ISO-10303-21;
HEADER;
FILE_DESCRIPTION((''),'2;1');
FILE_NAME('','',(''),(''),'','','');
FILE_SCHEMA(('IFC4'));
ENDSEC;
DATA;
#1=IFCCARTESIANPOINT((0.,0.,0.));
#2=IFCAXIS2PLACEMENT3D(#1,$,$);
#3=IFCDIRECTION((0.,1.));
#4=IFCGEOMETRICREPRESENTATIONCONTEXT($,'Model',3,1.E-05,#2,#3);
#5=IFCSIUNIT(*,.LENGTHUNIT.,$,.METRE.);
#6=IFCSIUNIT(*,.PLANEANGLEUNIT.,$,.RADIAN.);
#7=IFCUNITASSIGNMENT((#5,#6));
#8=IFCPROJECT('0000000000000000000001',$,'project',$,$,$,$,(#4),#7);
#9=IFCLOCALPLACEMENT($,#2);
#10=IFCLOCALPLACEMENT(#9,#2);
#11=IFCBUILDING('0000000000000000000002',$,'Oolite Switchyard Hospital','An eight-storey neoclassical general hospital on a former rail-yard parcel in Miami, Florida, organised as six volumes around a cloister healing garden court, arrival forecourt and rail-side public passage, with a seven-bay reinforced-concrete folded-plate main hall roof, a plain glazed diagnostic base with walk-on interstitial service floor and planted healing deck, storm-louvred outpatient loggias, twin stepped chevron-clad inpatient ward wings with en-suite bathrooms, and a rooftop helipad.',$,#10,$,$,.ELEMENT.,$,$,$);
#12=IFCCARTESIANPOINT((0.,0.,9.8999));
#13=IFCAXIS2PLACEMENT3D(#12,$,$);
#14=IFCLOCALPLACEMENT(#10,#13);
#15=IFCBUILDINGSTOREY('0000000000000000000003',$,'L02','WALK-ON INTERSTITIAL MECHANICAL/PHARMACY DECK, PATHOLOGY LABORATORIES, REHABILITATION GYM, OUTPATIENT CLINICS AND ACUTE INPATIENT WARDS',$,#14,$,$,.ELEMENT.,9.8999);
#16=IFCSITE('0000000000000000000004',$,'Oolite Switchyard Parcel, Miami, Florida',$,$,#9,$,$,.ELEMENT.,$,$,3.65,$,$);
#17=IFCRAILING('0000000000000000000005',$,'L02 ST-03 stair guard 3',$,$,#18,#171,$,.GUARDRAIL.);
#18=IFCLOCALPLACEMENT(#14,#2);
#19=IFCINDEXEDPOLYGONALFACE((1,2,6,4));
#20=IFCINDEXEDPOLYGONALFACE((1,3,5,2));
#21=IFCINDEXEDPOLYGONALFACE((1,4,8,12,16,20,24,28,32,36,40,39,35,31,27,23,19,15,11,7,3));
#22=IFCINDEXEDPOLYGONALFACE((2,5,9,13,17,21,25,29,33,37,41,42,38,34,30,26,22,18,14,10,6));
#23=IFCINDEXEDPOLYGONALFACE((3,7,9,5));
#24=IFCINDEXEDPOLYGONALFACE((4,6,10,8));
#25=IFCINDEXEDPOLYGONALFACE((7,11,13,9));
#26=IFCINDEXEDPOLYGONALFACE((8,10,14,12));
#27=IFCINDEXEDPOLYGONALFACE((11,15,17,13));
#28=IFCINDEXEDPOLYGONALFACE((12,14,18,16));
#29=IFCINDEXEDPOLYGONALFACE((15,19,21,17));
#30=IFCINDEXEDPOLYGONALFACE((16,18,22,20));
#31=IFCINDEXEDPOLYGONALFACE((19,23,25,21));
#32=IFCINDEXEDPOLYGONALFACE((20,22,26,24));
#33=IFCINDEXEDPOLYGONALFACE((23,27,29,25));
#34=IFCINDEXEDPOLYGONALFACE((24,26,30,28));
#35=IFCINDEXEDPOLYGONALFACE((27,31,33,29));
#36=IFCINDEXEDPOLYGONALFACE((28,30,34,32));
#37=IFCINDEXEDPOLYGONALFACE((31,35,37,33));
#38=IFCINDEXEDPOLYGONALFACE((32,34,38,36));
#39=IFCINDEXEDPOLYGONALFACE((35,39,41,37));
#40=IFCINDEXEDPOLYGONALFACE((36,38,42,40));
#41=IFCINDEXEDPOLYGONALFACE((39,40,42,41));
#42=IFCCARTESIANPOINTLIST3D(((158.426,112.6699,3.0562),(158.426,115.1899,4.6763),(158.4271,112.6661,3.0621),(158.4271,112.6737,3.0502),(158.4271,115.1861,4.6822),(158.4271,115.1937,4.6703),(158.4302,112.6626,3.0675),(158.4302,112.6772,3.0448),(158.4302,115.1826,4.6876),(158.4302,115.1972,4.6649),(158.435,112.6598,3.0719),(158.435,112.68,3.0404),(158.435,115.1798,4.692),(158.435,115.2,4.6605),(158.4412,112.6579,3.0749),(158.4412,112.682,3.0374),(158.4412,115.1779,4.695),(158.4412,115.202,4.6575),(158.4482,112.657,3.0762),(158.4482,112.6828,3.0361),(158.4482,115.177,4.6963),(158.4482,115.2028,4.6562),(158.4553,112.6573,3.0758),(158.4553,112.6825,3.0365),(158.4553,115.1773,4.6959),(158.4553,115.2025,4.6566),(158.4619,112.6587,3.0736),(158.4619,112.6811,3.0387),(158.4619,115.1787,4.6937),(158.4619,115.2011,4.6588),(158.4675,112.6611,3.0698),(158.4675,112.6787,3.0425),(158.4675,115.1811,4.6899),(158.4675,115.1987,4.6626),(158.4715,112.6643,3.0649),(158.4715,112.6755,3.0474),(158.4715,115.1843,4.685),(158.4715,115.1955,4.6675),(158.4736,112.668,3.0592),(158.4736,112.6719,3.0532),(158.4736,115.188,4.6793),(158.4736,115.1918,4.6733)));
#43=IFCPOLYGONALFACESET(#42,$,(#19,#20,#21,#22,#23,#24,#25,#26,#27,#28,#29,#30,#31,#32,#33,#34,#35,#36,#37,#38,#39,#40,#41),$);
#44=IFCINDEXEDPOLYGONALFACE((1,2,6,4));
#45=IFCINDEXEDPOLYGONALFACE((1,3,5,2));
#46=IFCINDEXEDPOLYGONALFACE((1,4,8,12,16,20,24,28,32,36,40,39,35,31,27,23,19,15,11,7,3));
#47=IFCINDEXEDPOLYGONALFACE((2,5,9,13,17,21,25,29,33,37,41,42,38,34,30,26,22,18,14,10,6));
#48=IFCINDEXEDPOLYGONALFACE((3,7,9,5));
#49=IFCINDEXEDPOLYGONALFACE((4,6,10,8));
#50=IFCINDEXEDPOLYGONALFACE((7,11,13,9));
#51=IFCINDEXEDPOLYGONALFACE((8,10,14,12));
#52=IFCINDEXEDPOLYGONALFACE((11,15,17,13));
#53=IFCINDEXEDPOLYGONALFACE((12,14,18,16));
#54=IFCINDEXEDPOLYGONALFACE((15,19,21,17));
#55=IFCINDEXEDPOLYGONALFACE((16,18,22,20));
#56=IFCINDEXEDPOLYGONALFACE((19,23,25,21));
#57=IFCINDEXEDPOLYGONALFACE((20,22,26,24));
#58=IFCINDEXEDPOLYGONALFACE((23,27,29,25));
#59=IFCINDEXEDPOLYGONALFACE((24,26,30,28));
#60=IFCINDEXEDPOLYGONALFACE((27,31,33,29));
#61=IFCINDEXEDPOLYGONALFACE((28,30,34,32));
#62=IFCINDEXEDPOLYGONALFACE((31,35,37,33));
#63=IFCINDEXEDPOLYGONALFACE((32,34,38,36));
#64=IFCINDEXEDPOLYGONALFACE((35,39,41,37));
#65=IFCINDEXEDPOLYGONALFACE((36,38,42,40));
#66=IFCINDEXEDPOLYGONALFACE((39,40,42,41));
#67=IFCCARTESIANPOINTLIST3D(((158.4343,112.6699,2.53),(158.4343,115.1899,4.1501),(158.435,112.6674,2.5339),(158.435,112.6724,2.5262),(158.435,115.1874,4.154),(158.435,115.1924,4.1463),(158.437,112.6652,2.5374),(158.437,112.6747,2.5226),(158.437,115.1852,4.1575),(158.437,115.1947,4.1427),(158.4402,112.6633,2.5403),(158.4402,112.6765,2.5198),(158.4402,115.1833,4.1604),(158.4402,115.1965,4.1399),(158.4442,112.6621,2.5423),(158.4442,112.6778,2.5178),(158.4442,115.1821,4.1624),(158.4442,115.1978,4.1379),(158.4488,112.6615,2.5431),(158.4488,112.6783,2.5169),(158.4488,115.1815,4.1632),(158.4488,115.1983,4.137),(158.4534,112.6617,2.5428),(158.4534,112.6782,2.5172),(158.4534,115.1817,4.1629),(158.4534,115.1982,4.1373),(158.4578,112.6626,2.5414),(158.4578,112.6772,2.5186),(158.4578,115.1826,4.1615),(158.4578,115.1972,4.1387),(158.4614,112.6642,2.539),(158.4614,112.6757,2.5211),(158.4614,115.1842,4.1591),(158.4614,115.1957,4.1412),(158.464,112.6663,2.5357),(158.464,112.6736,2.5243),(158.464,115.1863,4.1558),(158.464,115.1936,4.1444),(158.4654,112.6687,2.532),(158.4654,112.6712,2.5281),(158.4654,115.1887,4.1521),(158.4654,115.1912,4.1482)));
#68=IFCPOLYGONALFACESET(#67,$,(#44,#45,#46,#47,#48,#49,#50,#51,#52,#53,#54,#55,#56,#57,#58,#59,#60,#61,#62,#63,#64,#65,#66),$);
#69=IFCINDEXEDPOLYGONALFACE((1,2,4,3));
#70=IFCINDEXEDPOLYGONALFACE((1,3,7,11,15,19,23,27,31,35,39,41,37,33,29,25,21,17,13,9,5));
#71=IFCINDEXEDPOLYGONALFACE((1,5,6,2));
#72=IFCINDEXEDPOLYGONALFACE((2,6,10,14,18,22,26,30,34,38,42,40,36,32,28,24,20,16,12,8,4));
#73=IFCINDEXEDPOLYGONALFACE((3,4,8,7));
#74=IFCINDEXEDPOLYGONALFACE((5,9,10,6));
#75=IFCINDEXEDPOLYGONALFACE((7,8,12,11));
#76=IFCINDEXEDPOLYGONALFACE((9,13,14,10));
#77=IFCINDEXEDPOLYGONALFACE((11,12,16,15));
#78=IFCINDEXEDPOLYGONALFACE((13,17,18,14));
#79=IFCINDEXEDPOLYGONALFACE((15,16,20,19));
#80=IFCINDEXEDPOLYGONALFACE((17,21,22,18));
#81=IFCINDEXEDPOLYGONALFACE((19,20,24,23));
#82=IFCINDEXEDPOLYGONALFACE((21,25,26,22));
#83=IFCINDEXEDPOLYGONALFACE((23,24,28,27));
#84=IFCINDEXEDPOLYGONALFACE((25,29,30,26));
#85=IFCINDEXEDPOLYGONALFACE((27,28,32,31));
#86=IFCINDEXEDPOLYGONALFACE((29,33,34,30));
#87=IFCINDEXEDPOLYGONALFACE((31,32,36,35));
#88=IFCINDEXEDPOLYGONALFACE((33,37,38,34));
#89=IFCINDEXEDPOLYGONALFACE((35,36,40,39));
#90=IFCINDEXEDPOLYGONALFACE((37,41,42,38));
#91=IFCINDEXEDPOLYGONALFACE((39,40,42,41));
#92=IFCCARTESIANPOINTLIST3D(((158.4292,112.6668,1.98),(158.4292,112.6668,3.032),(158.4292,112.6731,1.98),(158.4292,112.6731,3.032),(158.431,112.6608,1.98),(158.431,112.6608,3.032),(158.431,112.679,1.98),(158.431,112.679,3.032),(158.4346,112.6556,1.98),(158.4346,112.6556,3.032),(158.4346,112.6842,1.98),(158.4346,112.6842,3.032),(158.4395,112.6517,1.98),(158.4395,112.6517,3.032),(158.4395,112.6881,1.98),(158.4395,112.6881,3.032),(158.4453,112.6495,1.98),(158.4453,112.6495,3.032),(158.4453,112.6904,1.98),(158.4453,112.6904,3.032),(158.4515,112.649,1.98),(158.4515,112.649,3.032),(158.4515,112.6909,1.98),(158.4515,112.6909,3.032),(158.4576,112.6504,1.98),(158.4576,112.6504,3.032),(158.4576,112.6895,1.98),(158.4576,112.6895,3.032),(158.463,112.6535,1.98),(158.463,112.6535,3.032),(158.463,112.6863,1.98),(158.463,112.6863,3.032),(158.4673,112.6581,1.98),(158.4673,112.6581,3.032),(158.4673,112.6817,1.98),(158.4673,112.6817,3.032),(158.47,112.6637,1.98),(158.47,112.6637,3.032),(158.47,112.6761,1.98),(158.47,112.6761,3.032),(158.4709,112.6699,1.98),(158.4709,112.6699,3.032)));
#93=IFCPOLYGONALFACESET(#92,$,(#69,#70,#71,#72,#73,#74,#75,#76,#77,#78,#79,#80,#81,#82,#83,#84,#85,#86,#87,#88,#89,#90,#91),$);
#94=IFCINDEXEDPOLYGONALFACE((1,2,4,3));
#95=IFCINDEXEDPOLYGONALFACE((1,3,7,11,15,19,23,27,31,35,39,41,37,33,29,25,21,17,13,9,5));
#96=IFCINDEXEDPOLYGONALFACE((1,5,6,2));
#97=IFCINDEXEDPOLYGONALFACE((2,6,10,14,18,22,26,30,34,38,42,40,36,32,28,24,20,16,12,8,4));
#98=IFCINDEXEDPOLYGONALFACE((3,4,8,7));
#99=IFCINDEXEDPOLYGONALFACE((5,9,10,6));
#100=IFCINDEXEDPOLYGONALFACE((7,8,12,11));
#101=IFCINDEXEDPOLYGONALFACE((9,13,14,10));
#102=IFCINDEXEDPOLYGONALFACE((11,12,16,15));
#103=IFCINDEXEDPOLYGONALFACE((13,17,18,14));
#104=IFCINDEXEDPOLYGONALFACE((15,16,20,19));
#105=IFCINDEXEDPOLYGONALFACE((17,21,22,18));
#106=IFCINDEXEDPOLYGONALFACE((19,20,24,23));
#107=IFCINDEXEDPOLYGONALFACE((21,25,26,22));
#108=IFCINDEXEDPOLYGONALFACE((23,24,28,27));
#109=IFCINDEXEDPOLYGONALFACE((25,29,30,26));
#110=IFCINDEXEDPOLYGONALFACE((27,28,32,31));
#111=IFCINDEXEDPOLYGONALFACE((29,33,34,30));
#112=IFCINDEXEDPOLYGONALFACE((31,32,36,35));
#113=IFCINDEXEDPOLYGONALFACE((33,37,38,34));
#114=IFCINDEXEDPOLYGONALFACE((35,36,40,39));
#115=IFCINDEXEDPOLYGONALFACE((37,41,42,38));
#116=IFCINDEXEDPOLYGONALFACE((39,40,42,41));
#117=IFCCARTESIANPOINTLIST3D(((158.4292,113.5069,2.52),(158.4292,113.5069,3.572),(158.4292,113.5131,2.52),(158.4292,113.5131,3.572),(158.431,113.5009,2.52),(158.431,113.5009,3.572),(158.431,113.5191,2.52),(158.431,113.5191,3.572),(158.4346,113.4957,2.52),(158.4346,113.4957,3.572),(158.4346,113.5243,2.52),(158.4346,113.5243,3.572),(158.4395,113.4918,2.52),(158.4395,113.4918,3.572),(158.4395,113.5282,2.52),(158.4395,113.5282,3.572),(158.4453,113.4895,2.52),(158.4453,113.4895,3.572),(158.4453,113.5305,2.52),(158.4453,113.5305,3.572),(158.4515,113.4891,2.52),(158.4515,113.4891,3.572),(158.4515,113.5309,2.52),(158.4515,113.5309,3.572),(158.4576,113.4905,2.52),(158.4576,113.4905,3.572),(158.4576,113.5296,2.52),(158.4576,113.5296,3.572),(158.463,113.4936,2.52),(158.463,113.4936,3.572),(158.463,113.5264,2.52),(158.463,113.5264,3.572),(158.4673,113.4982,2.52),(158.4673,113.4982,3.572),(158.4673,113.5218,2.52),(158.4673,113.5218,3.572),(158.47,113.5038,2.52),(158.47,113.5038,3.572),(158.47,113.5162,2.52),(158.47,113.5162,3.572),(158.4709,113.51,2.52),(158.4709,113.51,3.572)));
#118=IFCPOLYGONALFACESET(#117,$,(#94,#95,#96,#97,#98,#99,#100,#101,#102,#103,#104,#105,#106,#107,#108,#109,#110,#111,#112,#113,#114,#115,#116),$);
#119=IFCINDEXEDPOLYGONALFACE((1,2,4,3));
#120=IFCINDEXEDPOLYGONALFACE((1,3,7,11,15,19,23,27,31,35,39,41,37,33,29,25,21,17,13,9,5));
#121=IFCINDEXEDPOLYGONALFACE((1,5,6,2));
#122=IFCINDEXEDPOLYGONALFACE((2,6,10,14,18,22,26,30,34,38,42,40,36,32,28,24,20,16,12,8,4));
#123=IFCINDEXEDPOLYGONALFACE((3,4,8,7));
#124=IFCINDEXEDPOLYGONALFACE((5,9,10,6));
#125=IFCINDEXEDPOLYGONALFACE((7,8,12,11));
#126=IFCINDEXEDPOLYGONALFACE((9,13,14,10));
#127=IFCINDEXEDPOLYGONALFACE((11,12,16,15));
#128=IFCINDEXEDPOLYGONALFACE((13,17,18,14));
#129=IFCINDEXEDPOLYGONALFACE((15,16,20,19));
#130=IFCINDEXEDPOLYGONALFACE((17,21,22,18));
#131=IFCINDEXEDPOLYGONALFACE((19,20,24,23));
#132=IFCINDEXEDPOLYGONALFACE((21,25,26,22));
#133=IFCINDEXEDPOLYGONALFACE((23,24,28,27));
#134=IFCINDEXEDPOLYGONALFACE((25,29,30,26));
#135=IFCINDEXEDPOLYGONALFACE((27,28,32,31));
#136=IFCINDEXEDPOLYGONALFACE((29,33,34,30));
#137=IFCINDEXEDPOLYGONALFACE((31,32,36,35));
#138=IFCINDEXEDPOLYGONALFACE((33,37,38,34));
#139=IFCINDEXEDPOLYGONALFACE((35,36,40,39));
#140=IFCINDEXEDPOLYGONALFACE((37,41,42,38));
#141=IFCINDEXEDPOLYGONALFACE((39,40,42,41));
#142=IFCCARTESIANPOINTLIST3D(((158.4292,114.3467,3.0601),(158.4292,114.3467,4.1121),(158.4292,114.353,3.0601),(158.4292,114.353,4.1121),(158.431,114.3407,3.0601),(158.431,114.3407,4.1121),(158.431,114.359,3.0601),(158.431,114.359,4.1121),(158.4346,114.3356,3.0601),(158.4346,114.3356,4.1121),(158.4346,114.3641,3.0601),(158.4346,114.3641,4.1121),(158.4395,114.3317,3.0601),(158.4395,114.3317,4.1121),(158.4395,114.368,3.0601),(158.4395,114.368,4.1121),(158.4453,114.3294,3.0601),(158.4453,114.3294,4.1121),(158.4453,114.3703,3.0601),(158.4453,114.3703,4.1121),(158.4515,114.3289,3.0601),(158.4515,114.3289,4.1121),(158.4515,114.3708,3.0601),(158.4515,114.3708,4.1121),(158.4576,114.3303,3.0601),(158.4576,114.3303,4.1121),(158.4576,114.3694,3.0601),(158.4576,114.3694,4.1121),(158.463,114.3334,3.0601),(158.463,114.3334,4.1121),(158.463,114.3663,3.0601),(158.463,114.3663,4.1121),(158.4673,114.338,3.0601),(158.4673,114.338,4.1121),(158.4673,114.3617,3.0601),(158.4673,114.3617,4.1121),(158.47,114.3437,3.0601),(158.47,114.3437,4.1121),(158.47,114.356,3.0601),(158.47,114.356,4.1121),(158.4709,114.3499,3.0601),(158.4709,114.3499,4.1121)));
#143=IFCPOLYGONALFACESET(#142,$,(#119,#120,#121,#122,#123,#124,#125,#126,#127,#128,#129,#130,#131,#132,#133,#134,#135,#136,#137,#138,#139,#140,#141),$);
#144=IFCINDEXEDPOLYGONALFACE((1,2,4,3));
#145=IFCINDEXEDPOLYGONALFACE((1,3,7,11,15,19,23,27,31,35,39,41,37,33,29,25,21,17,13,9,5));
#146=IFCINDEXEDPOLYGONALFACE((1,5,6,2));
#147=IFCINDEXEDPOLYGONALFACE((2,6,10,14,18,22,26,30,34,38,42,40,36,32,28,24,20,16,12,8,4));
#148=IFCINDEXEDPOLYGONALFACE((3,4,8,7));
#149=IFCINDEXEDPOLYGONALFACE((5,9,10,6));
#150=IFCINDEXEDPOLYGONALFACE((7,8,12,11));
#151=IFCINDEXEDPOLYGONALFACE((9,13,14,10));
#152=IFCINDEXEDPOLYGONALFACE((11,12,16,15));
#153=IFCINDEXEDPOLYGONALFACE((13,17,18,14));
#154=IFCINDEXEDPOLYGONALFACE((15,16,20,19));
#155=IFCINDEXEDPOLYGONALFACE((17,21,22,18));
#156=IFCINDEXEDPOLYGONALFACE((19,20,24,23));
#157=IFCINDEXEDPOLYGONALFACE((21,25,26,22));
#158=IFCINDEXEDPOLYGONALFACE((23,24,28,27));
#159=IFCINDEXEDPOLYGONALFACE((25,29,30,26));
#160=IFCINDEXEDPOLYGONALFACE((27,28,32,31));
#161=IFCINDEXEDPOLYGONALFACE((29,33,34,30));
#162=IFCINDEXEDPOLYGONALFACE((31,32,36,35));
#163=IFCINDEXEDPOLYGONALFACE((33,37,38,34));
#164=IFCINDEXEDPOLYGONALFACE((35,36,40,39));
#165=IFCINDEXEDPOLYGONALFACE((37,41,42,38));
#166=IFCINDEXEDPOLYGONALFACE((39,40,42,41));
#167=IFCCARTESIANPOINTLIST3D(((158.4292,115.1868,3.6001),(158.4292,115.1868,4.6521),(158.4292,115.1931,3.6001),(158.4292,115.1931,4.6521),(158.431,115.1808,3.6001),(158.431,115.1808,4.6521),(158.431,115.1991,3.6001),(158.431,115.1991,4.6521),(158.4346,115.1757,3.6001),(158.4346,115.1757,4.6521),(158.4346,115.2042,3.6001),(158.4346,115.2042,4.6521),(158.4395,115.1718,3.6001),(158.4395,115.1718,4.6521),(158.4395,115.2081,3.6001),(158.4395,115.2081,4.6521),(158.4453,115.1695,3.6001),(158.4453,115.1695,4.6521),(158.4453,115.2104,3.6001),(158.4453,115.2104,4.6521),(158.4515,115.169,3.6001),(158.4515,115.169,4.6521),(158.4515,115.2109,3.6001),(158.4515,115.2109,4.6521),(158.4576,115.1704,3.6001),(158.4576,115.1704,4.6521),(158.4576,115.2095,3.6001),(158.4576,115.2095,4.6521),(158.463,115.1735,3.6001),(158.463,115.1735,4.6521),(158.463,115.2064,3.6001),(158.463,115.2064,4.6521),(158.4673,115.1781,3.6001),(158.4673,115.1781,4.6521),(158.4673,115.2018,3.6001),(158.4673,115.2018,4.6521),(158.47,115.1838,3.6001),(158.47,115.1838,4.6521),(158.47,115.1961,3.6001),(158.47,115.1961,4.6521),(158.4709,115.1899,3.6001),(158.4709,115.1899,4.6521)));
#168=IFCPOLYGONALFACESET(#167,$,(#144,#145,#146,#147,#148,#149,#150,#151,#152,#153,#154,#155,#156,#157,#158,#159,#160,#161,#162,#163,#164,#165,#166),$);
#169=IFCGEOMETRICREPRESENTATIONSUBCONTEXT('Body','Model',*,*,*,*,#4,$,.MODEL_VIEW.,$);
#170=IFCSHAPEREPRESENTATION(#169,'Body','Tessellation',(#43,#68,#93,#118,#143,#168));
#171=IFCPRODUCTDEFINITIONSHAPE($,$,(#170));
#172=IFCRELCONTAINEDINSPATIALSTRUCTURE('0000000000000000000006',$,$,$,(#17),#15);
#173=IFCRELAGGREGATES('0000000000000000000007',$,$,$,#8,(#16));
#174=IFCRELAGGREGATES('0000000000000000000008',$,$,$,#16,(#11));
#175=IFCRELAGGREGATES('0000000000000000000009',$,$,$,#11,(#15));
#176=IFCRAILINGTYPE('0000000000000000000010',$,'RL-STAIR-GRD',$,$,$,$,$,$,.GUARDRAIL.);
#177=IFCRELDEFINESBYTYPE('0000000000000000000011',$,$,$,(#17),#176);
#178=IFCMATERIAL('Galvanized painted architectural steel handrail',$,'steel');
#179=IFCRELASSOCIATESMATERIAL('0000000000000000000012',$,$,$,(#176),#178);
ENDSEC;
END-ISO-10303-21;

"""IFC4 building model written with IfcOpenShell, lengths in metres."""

from ifc_helpers import new_model, si_unit, direction, frame, origin, origin_2d, place, context, subcontext, project, spatial, circle, extrude, material, type_object, element, save


model = new_model("IFC4")

# Units and contexts
model_context = context("Model", 3, precision=1e-05, world=origin(), true_north=direction((0.0, 1.0)))
body_context = subcontext(model_context, "Body", "Model", "MODEL_VIEW")
ifc_project = project(units=[si_unit("LENGTHUNIT", "METRE"), si_unit("PLANEANGLEUNIT", "RADIAN")], contexts=[model_context])

# Site, building, storey
site_placement = place(None, origin())
site = spatial("IfcSite", under=ifc_project, at=site_placement, Name="Oolite Switchyard Parcel, Miami, Florida", CompositionType="ELEMENT", RefElevation=3.65)
building_placement = place(site_placement, origin())
building = spatial("IfcBuilding", under=site, at=building_placement, Name="Oolite Switchyard Hospital", Description="An eight-storey neoclassical general hospital on a former rail-yard parcel in Miami, Florida, organised as six volumes around a cloister healing garden court, arrival forecourt and rail-side public passage, with a seven-bay reinforced-concrete folded-plate main hall roof, a plain glazed diagnostic base with walk-on interstitial service floor and planted healing deck, storm-louvred outpatient loggias, twin stepped chevron-clad inpatient ward wings with en-suite bathrooms, and a rooftop helipad.", CompositionType="ELEMENT")
storey_placement = place(building_placement, frame((0.0, 0.0, 9.8999)))
storey = spatial("IfcBuildingStorey", under=building, at=storey_placement, Name="L02", Description="WALK-ON INTERSTITIAL MECHANICAL/PHARMACY DECK, PATHOLOGY LABORATORIES, REHABILITATION GYM, OUTPATIENT CLINICS AND ACUTE INPATIENT WARDS", CompositionType="ELEMENT", Elevation=9.8999)

# Railing
ifc_material_1 = material(Name="Galvanized painted architectural steel handrail", Category="steel")
railing_type_1 = type_object("IfcRailingType", Name="RL-STAIR-GRD", PredefinedType="GUARDRAIL", material=ifc_material_1)
railing_1_placement = place(storey_placement, frame((158.45, 112.6699, 1.98)))
element("IfcRailing", 1, at=railing_1_placement, inside=storey, type_object=railing_type_1, Name="L02 ST-03 stair guard 3", PredefinedType="GUARDRAIL", context=body_context, shape_type="SweptSolid", body=[
    extrude(circle(Radius=0.0239, at=origin_2d()), frame((0.0, 0.0, 1.0762), z_axis=(0.0, 0.841163, 0.540782), x_axis=(-1.0, 0.0, 0.0)), (0.0, 0.0, 1.0), 2.9958),
    extrude(circle(Radius=0.0156, at=origin_2d()), frame((0.0, 0.0, 0.55), z_axis=(0.0, 0.841163, 0.540782), x_axis=(-1.0, 0.0, 0.0)), (0.0, 0.0, 1.0), 2.9958),
    extrude(circle(Radius=0.021, at=origin_2d()), origin(), (0.0, 0.0, 1.0), 1.052),
    extrude(circle(Radius=0.021, at=origin_2d()), frame((0.0, 0.8401, 0.54)), (0.0, 0.0, 1.0), 1.052),
    extrude(circle(Radius=0.021, at=origin_2d()), frame((0.0, 1.6799, 1.0801)), (0.0, 0.0, 1.0), 1.052),
    extrude(circle(Radius=0.021, at=origin_2d()), frame((0.0, 2.52, 1.6201)), (0.0, 0.0, 1.0), 1.052),
])

save(model, "model.ifc")
